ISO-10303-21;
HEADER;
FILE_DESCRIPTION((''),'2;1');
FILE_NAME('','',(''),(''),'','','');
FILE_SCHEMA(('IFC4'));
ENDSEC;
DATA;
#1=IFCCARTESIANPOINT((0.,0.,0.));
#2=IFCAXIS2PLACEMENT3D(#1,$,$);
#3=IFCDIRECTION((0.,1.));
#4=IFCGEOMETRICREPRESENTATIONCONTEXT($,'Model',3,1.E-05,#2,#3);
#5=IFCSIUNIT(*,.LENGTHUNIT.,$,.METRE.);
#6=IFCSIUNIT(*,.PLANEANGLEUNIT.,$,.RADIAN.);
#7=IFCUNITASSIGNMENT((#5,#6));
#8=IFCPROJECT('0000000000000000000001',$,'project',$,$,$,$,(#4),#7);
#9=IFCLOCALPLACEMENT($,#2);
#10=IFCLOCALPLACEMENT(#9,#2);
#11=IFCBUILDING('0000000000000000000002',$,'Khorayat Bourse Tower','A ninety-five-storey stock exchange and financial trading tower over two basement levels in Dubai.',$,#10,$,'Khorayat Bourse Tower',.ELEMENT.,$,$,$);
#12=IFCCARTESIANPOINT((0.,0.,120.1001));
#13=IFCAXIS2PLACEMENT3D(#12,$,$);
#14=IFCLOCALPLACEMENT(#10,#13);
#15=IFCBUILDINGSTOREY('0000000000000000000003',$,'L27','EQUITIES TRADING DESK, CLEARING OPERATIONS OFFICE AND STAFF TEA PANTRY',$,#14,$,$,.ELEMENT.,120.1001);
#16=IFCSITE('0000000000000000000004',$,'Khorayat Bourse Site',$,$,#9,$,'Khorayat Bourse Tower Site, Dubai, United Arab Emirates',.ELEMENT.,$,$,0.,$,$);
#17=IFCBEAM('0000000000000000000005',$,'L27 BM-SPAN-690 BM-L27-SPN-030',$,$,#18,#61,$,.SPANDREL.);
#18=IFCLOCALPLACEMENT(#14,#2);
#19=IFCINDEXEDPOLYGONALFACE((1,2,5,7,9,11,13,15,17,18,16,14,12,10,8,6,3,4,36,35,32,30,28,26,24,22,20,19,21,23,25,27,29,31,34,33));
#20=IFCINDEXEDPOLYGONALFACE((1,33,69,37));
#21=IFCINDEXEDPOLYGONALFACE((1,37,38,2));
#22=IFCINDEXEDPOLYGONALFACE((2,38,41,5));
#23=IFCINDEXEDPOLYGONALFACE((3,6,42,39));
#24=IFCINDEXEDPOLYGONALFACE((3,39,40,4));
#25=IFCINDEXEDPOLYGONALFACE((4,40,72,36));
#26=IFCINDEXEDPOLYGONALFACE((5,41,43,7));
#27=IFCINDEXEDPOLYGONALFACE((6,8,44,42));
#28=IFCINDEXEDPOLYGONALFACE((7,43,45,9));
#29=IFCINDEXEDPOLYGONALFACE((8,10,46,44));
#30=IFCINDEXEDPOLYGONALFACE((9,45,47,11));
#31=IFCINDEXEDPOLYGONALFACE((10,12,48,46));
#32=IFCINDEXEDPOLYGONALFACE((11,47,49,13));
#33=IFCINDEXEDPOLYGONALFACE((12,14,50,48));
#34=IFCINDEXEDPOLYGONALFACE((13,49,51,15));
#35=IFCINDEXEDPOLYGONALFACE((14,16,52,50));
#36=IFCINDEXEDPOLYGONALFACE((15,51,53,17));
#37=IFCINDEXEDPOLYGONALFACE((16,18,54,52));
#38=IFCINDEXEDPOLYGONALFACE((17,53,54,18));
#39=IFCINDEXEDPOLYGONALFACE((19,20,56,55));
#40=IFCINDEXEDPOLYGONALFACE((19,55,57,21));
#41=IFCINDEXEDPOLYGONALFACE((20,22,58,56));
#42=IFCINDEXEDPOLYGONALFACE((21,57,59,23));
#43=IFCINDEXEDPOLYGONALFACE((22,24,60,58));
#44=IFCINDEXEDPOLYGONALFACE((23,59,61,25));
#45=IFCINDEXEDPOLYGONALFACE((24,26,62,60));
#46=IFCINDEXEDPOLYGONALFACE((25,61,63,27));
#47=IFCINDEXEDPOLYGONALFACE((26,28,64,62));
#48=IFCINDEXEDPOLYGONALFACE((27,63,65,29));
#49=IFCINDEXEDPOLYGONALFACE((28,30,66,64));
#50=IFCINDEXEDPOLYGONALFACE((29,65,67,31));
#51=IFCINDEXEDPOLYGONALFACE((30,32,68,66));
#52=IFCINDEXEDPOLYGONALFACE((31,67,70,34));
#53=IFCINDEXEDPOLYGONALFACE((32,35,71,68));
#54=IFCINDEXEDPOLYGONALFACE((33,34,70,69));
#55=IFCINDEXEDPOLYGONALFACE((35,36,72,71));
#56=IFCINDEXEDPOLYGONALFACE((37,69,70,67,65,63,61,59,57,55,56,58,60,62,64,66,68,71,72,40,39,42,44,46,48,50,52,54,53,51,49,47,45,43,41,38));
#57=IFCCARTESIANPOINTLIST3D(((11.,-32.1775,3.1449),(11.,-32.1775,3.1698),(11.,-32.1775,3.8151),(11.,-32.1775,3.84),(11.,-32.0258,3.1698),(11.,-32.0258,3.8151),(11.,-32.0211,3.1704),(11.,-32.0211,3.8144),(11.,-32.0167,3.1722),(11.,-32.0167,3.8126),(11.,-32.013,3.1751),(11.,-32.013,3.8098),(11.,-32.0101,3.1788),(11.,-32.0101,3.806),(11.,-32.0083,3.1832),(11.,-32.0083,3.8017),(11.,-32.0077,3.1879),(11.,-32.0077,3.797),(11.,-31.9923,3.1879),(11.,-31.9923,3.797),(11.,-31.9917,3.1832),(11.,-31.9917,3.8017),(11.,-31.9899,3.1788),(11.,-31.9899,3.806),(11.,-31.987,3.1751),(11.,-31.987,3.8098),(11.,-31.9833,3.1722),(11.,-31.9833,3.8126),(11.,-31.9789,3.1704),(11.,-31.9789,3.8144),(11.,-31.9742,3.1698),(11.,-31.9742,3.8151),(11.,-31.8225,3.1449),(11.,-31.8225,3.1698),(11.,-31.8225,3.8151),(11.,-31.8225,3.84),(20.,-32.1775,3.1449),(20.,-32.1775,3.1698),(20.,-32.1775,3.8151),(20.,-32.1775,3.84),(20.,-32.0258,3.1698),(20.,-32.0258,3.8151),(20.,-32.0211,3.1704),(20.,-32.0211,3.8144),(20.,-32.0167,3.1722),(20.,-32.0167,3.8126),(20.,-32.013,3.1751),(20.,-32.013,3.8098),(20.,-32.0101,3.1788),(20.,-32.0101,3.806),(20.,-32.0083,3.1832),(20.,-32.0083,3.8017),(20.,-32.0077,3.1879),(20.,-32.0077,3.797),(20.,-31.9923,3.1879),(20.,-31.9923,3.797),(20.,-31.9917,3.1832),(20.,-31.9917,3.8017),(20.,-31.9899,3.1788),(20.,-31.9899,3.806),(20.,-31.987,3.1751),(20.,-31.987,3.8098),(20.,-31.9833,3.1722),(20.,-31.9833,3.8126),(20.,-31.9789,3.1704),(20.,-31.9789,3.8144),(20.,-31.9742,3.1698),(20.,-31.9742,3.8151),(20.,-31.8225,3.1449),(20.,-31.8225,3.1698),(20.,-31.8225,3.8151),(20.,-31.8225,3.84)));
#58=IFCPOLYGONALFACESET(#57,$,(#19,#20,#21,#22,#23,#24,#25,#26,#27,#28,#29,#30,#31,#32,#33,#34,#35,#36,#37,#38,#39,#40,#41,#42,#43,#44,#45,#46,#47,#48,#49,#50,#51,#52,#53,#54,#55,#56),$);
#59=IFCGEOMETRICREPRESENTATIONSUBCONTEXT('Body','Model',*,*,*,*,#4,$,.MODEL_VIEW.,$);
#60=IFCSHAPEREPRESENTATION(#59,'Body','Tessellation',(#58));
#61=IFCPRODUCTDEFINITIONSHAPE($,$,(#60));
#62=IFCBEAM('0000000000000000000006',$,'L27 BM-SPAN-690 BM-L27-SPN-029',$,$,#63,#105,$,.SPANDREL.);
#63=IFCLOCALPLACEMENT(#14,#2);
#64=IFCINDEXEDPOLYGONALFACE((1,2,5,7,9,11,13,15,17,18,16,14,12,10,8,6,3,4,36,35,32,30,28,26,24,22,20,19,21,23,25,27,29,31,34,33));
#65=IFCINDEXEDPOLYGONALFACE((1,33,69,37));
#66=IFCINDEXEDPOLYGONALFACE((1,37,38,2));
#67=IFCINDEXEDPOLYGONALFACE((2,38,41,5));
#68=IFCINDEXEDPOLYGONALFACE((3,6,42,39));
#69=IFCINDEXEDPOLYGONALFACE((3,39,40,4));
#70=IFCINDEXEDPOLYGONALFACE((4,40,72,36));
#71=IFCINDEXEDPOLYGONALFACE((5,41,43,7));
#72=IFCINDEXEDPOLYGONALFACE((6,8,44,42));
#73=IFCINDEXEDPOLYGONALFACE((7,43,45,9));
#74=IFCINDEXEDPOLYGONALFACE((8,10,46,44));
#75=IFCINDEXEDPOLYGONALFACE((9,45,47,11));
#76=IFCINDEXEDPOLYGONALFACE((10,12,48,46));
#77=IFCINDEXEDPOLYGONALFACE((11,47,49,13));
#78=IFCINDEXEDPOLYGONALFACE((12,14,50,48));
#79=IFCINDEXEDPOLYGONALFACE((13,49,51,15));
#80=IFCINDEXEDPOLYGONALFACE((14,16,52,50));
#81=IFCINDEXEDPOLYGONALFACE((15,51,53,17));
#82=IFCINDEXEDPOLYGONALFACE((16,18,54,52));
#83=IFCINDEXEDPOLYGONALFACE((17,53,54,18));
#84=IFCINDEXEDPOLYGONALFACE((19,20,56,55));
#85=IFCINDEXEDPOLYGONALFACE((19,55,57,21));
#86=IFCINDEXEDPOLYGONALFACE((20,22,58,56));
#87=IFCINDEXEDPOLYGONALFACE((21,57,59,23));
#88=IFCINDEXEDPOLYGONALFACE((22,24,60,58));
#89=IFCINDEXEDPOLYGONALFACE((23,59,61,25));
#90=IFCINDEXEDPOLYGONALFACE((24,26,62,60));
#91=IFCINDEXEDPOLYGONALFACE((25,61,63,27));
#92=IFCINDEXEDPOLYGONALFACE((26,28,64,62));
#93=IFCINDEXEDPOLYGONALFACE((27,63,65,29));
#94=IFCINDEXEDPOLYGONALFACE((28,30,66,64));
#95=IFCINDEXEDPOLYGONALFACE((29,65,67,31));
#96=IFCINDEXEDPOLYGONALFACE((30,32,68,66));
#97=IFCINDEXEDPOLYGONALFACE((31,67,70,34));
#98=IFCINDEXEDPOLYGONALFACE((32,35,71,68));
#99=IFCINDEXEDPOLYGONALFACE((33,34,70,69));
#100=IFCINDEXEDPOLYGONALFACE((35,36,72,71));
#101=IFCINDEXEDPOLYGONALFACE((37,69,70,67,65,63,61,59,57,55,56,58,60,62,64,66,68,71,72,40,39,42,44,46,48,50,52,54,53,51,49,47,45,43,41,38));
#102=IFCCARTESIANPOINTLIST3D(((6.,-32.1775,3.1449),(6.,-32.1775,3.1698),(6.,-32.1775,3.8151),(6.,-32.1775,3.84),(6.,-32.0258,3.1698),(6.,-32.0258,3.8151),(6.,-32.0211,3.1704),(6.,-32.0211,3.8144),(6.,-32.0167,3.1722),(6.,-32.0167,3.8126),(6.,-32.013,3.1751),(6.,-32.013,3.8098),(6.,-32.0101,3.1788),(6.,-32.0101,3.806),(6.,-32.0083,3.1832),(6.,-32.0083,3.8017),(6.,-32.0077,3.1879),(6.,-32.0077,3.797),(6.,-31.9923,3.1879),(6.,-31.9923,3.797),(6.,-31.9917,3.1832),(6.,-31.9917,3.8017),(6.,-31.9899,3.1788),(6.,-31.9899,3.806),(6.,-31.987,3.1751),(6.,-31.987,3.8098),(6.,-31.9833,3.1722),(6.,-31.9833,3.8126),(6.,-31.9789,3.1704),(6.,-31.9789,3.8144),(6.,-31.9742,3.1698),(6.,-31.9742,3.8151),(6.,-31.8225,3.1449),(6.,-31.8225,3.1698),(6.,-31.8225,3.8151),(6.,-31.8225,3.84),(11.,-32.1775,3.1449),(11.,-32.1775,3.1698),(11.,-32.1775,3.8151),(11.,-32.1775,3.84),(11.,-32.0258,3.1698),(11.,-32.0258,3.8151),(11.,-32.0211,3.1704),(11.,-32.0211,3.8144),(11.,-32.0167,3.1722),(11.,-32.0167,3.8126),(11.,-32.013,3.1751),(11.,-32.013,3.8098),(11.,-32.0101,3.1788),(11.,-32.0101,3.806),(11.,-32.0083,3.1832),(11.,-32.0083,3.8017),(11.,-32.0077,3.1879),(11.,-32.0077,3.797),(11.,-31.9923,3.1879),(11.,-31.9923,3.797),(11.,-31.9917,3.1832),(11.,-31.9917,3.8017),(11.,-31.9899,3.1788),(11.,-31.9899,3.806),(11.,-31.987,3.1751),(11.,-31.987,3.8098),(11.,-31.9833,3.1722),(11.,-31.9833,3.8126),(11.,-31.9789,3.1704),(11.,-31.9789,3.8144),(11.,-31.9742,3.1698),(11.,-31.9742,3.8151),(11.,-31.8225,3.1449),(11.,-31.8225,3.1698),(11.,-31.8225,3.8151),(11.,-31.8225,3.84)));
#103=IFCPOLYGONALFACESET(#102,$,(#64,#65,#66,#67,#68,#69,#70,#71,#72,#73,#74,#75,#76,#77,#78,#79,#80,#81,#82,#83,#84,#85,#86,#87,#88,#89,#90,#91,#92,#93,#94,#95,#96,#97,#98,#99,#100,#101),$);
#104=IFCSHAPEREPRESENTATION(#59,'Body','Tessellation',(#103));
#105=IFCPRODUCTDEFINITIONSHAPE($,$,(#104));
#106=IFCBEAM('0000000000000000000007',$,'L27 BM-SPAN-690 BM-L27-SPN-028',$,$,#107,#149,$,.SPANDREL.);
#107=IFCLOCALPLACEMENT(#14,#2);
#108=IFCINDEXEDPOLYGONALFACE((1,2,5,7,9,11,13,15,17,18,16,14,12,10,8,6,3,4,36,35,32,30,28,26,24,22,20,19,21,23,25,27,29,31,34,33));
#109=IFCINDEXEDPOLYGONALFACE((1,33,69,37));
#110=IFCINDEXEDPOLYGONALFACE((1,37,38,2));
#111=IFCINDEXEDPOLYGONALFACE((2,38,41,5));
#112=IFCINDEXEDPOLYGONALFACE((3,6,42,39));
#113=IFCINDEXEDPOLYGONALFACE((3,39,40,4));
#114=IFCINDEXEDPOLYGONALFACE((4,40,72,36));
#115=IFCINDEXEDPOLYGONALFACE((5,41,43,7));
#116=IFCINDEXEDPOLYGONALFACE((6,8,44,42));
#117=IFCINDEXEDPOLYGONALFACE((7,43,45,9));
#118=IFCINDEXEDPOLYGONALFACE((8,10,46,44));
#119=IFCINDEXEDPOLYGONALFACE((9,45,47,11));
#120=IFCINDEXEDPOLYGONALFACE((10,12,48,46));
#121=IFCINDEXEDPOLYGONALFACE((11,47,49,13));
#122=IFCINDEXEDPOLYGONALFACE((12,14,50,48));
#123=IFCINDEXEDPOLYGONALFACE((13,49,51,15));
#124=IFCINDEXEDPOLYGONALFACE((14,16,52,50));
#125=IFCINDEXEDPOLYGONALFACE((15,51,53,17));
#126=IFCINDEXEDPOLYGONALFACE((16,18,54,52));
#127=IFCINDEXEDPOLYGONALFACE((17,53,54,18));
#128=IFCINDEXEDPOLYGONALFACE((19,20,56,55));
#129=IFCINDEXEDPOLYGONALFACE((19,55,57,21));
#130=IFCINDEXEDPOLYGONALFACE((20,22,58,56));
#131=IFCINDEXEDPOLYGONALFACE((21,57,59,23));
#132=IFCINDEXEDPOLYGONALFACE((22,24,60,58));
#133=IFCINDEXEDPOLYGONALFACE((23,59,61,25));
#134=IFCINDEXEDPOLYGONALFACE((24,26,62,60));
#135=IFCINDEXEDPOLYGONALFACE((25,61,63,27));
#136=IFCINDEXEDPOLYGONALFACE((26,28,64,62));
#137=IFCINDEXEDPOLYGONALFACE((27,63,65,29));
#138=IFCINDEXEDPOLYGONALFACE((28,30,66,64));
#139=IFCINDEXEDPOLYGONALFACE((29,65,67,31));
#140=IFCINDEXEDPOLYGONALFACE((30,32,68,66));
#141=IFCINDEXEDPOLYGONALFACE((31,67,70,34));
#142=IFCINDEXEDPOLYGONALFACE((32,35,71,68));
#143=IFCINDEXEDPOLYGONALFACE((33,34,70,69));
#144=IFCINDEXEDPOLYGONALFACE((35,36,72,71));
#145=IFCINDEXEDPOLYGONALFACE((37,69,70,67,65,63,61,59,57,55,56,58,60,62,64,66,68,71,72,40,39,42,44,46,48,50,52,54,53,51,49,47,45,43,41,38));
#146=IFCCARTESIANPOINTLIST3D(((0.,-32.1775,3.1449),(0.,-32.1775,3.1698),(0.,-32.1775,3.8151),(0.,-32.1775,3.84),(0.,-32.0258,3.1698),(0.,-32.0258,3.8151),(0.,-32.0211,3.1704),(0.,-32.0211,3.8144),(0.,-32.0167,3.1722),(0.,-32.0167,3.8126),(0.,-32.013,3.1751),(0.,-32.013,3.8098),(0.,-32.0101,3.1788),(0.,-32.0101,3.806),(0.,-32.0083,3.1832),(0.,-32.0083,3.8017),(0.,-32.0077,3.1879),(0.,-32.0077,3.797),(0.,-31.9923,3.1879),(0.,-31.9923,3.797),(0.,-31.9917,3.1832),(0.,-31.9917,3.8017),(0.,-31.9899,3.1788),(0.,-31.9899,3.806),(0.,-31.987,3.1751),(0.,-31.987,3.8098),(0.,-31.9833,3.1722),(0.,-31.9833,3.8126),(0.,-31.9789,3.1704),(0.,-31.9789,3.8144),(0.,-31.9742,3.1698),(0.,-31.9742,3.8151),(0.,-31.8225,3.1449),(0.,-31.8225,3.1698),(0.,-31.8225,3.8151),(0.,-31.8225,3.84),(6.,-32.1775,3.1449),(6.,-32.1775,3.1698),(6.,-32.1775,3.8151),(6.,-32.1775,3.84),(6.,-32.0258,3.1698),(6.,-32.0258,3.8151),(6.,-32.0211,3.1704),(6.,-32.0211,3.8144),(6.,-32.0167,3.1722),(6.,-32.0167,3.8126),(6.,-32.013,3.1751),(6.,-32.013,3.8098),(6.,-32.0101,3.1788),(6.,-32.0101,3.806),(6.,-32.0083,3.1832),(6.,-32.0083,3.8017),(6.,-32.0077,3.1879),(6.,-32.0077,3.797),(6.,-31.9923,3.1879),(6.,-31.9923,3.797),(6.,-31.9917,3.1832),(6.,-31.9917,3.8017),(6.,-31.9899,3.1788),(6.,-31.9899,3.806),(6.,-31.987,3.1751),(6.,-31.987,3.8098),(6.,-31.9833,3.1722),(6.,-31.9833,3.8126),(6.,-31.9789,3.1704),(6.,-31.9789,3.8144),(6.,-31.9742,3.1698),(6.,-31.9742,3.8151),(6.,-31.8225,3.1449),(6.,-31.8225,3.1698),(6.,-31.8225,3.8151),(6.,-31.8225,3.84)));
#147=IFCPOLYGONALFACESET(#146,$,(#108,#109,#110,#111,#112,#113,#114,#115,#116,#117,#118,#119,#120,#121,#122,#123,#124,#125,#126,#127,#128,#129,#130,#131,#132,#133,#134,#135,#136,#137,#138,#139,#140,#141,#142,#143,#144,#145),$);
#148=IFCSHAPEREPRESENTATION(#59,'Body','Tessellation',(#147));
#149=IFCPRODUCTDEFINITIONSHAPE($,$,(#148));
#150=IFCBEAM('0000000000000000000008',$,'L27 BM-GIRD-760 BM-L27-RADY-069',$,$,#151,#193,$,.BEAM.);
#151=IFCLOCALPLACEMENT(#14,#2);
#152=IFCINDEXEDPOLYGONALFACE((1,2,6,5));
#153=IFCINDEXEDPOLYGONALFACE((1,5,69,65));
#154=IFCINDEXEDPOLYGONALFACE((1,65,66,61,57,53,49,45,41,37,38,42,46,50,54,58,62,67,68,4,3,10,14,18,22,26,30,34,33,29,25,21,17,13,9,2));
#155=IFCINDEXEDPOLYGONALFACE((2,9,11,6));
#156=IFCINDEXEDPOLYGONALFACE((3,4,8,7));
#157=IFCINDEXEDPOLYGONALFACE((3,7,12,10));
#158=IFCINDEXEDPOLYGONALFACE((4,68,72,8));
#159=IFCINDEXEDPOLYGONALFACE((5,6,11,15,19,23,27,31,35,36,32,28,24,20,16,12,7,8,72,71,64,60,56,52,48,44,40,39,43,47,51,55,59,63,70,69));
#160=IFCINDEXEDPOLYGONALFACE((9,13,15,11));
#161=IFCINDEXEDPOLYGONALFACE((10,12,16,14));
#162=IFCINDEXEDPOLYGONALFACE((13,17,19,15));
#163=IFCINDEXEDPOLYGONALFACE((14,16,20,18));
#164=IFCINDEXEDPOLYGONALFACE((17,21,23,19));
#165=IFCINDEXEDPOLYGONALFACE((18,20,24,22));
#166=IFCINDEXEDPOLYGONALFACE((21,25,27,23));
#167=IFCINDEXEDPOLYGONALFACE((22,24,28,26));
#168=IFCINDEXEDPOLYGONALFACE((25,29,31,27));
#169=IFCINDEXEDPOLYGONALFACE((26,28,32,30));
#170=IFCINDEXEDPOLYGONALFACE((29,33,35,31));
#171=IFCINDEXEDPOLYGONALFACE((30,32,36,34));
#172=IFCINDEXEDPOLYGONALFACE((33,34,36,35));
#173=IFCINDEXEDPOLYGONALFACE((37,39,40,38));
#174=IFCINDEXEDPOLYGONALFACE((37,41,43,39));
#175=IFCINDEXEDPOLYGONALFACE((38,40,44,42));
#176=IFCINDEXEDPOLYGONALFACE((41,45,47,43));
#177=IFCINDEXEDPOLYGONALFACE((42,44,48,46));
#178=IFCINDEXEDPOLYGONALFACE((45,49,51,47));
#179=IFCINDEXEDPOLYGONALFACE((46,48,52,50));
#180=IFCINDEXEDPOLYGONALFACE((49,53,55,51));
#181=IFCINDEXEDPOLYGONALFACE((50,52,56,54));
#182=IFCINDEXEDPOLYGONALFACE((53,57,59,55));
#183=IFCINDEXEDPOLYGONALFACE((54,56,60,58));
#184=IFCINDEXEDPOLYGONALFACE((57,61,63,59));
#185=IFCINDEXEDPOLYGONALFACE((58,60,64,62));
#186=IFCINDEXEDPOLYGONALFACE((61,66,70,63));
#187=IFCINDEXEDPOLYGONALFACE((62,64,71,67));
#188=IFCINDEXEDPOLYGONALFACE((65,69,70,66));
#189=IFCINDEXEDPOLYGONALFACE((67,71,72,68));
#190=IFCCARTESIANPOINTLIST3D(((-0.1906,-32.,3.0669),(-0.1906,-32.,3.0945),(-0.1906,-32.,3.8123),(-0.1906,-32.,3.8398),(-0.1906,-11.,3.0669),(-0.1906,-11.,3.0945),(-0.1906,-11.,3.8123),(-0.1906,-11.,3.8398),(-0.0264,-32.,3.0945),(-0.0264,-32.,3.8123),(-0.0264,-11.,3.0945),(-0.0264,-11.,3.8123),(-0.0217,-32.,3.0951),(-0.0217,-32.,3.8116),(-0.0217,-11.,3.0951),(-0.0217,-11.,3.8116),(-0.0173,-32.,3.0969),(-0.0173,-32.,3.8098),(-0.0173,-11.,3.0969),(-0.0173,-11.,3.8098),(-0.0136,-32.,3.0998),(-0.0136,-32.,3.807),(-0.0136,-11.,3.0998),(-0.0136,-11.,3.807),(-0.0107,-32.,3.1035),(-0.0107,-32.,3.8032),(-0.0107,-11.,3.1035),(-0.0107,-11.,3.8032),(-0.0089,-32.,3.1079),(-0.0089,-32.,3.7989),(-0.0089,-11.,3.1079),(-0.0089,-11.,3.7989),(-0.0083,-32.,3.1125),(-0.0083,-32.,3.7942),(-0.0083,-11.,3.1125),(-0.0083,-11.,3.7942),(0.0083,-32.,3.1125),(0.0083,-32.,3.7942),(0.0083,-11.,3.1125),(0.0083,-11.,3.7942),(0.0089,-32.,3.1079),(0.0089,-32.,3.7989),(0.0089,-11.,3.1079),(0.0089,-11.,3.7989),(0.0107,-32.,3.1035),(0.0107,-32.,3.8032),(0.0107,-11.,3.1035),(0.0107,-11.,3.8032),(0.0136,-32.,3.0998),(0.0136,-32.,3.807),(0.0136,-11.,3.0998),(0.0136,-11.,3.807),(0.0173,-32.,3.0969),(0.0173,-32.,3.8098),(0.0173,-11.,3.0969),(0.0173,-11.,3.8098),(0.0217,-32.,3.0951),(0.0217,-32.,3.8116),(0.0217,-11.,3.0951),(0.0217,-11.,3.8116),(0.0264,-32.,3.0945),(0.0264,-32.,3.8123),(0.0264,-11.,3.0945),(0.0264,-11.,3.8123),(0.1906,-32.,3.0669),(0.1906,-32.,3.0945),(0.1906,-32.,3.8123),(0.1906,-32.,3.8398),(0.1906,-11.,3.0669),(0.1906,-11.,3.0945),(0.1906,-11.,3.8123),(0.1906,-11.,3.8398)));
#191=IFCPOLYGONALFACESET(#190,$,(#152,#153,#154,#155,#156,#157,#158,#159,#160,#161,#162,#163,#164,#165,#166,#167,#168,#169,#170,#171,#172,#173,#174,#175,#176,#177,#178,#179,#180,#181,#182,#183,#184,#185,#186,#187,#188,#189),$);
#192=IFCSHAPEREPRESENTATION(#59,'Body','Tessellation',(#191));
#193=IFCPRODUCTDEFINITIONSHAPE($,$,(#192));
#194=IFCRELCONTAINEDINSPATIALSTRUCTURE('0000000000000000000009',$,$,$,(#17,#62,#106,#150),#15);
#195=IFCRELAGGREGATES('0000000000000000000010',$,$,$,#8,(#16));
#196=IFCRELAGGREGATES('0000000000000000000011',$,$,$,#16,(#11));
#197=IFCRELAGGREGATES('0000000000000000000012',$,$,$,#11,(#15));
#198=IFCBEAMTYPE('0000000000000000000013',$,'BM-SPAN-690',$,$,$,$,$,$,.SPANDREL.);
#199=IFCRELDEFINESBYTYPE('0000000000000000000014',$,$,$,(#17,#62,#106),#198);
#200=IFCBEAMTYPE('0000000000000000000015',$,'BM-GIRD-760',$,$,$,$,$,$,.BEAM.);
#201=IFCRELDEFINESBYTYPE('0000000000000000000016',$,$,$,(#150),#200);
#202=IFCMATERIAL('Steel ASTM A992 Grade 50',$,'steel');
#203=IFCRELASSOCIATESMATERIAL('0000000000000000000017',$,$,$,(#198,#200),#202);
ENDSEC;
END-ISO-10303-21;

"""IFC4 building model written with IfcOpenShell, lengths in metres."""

from ifc_helpers import new_model, si_unit, direction, frame, origin, origin_2d, place, context, subcontext, project, spatial, i_section, extrude, source, transform, mapped, material, material_profile, profile_set, type_object, element, save


model = new_model("IFC4")

# Units and contexts
model_context = context("Model", 3, precision=1e-05, world=origin(), true_north=direction((0.0, 1.0)))
body_context = subcontext(model_context, "Body", "Model", "MODEL_VIEW")
ifc_project = project(units=[si_unit("LENGTHUNIT", "METRE"), si_unit("PLANEANGLEUNIT", "RADIAN")], contexts=[model_context])

# Site, building, storey
site_placement = place(None, origin())
site = spatial("IfcSite", under=ifc_project, at=site_placement, Name="Khorayat Bourse Site", LongName="Khorayat Bourse Tower Site, Dubai, United Arab Emirates", CompositionType="ELEMENT", RefElevation=0.0)
building_placement = place(site_placement, origin())
building = spatial("IfcBuilding", under=site, at=building_placement, Name="Khorayat Bourse Tower", Description="A ninety-five-storey stock exchange and financial trading tower over two basement levels in Dubai.", LongName="Khorayat Bourse Tower", CompositionType="ELEMENT")
storey_placement = place(building_placement, frame((0.0, 0.0, 120.1001)))
storey = spatial("IfcBuildingStorey", under=building, at=storey_placement, Name="L27", Description="EQUITIES TRADING DESK, CLEARING OPERATIONS OFFICE AND STAFF TEA PANTRY", CompositionType="ELEMENT", Elevation=120.1001)

# Beams
ifc_material_1 = material(Name="Steel ASTM A992 Grade 50", Category="steel")
ifc_material_profile_1 = material_profile(ifc_material_1, i_section(OverallWidth=0.355, OverallDepth=0.6951, WebThickness=0.0154, FlangeThickness=0.0249, FilletRadius=0.0181, at=origin_2d()), Name="W690X217")
ifc_profile_set_1 = profile_set([ifc_material_profile_1], Name="Steel ASTM A992 Grade 50")
beam_type_1 = type_object("IfcBeamType", Name="BM-SPAN-690", PredefinedType="SPANDREL", material=ifc_profile_set_1)
shared_shape_1 = source(origin(), body_context, "Body", "SweptSolid", [
    extrude(i_section(OverallWidth=0.355, OverallDepth=0.6951, WebThickness=0.0154, FlangeThickness=0.0249, FilletRadius=0.0181, at=origin_2d()), origin(), (0.0, 0.0, 1.0), 9.0),
])
beam_1_placement = place(storey_placement, frame((11.0, -32.0, 3.4924), z_axis=(1.0, 0.0, 0.0), x_axis=(0.0, 1.0, 0.0)))
element("IfcBeam", 1, at=beam_1_placement, inside=storey, type_object=beam_type_1, Name="L27 BM-SPAN-690 BM-L27-SPN-030", PredefinedType="SPANDREL", context=body_context, shape_type="MappedRepresentation", body=[
    mapped(shared_shape_1, transform((0.0, 0.0, 0.0), scale=1.0)),
])
shared_shape_2 = source(origin(), body_context, "Body", "SweptSolid", [
    extrude(i_section(OverallWidth=0.355, OverallDepth=0.6951, WebThickness=0.0154, FlangeThickness=0.0249, FilletRadius=0.0181, at=origin_2d()), origin(), (0.0, 0.0, 1.0), 5.0),
])
beam_2_placement = place(storey_placement, frame((6.0, -32.0, 3.4924), z_axis=(1.0, 0.0, 0.0), x_axis=(0.0, 1.0, 0.0)))
element("IfcBeam", 2, at=beam_2_placement, inside=storey, type_object=beam_type_1, Name="L27 BM-SPAN-690 BM-L27-SPN-029", PredefinedType="SPANDREL", context=body_context, shape_type="MappedRepresentation", body=[
    mapped(shared_shape_2, transform((0.0, 0.0, 0.0), scale=1.0)),
])
shared_shape_3 = source(origin(), body_context, "Body", "SweptSolid", [
    extrude(i_section(OverallWidth=0.355, OverallDepth=0.6951, WebThickness=0.0154, FlangeThickness=0.0249, FilletRadius=0.0181, at=origin_2d()), origin(), (0.0, 0.0, 1.0), 6.0),
])
beam_3_placement = place(storey_placement, frame((0.0, -32.0, 3.4924), z_axis=(1.0, 0.0, 0.0), x_axis=(0.0, 1.0, 0.0)))
element("IfcBeam", 3, at=beam_3_placement, inside=storey, type_object=beam_type_1, Name="L27 BM-SPAN-690 BM-L27-SPN-028", PredefinedType="SPANDREL", context=body_context, shape_type="MappedRepresentation", body=[
    mapped(shared_shape_3, transform((0.0, 0.0, 0.0), scale=1.0)),
])
ifc_material_profile_2 = material_profile(ifc_material_1, i_section(OverallWidth=0.3811, OverallDepth=0.7729, WebThickness=0.0166, FlangeThickness=0.0276, FilletRadius=0.0181, at=origin_2d()), Name="W760X257")
ifc_profile_set_2 = profile_set([ifc_material_profile_2], Name="Steel ASTM A992 Grade 50")
beam_type_2 = type_object("IfcBeamType", Name="BM-GIRD-760", PredefinedType="BEAM", material=ifc_profile_set_2)
shared_shape_4 = source(origin(), body_context, "Body", "SweptSolid", [
    extrude(i_section(OverallWidth=0.3811, OverallDepth=0.7729, WebThickness=0.0166, FlangeThickness=0.0276, FilletRadius=0.0181, at=origin_2d()), origin(), (0.0, 0.0, 1.0), 21.0),
])
for number, where, z_axis, x_axis, name in (
    (4, (0.0, -32.0, 3.4534), (0.0, 1.0, 0.0), (-1.0, 0.0, 0.0), "L27 BM-GIRD-760 BM-L27-RADY-069"),
):
    element("IfcBeam", number, at=place(storey_placement, frame(where, z_axis=z_axis, x_axis=x_axis)), inside=storey, type_object=beam_type_2, Name=name, PredefinedType="BEAM", context=body_context, shape_type="MappedRepresentation", body=[
        mapped(shared_shape_4, transform((0.0, 0.0, 0.0), scale=1.0)),
    ])

save(model, "model.ifc")
